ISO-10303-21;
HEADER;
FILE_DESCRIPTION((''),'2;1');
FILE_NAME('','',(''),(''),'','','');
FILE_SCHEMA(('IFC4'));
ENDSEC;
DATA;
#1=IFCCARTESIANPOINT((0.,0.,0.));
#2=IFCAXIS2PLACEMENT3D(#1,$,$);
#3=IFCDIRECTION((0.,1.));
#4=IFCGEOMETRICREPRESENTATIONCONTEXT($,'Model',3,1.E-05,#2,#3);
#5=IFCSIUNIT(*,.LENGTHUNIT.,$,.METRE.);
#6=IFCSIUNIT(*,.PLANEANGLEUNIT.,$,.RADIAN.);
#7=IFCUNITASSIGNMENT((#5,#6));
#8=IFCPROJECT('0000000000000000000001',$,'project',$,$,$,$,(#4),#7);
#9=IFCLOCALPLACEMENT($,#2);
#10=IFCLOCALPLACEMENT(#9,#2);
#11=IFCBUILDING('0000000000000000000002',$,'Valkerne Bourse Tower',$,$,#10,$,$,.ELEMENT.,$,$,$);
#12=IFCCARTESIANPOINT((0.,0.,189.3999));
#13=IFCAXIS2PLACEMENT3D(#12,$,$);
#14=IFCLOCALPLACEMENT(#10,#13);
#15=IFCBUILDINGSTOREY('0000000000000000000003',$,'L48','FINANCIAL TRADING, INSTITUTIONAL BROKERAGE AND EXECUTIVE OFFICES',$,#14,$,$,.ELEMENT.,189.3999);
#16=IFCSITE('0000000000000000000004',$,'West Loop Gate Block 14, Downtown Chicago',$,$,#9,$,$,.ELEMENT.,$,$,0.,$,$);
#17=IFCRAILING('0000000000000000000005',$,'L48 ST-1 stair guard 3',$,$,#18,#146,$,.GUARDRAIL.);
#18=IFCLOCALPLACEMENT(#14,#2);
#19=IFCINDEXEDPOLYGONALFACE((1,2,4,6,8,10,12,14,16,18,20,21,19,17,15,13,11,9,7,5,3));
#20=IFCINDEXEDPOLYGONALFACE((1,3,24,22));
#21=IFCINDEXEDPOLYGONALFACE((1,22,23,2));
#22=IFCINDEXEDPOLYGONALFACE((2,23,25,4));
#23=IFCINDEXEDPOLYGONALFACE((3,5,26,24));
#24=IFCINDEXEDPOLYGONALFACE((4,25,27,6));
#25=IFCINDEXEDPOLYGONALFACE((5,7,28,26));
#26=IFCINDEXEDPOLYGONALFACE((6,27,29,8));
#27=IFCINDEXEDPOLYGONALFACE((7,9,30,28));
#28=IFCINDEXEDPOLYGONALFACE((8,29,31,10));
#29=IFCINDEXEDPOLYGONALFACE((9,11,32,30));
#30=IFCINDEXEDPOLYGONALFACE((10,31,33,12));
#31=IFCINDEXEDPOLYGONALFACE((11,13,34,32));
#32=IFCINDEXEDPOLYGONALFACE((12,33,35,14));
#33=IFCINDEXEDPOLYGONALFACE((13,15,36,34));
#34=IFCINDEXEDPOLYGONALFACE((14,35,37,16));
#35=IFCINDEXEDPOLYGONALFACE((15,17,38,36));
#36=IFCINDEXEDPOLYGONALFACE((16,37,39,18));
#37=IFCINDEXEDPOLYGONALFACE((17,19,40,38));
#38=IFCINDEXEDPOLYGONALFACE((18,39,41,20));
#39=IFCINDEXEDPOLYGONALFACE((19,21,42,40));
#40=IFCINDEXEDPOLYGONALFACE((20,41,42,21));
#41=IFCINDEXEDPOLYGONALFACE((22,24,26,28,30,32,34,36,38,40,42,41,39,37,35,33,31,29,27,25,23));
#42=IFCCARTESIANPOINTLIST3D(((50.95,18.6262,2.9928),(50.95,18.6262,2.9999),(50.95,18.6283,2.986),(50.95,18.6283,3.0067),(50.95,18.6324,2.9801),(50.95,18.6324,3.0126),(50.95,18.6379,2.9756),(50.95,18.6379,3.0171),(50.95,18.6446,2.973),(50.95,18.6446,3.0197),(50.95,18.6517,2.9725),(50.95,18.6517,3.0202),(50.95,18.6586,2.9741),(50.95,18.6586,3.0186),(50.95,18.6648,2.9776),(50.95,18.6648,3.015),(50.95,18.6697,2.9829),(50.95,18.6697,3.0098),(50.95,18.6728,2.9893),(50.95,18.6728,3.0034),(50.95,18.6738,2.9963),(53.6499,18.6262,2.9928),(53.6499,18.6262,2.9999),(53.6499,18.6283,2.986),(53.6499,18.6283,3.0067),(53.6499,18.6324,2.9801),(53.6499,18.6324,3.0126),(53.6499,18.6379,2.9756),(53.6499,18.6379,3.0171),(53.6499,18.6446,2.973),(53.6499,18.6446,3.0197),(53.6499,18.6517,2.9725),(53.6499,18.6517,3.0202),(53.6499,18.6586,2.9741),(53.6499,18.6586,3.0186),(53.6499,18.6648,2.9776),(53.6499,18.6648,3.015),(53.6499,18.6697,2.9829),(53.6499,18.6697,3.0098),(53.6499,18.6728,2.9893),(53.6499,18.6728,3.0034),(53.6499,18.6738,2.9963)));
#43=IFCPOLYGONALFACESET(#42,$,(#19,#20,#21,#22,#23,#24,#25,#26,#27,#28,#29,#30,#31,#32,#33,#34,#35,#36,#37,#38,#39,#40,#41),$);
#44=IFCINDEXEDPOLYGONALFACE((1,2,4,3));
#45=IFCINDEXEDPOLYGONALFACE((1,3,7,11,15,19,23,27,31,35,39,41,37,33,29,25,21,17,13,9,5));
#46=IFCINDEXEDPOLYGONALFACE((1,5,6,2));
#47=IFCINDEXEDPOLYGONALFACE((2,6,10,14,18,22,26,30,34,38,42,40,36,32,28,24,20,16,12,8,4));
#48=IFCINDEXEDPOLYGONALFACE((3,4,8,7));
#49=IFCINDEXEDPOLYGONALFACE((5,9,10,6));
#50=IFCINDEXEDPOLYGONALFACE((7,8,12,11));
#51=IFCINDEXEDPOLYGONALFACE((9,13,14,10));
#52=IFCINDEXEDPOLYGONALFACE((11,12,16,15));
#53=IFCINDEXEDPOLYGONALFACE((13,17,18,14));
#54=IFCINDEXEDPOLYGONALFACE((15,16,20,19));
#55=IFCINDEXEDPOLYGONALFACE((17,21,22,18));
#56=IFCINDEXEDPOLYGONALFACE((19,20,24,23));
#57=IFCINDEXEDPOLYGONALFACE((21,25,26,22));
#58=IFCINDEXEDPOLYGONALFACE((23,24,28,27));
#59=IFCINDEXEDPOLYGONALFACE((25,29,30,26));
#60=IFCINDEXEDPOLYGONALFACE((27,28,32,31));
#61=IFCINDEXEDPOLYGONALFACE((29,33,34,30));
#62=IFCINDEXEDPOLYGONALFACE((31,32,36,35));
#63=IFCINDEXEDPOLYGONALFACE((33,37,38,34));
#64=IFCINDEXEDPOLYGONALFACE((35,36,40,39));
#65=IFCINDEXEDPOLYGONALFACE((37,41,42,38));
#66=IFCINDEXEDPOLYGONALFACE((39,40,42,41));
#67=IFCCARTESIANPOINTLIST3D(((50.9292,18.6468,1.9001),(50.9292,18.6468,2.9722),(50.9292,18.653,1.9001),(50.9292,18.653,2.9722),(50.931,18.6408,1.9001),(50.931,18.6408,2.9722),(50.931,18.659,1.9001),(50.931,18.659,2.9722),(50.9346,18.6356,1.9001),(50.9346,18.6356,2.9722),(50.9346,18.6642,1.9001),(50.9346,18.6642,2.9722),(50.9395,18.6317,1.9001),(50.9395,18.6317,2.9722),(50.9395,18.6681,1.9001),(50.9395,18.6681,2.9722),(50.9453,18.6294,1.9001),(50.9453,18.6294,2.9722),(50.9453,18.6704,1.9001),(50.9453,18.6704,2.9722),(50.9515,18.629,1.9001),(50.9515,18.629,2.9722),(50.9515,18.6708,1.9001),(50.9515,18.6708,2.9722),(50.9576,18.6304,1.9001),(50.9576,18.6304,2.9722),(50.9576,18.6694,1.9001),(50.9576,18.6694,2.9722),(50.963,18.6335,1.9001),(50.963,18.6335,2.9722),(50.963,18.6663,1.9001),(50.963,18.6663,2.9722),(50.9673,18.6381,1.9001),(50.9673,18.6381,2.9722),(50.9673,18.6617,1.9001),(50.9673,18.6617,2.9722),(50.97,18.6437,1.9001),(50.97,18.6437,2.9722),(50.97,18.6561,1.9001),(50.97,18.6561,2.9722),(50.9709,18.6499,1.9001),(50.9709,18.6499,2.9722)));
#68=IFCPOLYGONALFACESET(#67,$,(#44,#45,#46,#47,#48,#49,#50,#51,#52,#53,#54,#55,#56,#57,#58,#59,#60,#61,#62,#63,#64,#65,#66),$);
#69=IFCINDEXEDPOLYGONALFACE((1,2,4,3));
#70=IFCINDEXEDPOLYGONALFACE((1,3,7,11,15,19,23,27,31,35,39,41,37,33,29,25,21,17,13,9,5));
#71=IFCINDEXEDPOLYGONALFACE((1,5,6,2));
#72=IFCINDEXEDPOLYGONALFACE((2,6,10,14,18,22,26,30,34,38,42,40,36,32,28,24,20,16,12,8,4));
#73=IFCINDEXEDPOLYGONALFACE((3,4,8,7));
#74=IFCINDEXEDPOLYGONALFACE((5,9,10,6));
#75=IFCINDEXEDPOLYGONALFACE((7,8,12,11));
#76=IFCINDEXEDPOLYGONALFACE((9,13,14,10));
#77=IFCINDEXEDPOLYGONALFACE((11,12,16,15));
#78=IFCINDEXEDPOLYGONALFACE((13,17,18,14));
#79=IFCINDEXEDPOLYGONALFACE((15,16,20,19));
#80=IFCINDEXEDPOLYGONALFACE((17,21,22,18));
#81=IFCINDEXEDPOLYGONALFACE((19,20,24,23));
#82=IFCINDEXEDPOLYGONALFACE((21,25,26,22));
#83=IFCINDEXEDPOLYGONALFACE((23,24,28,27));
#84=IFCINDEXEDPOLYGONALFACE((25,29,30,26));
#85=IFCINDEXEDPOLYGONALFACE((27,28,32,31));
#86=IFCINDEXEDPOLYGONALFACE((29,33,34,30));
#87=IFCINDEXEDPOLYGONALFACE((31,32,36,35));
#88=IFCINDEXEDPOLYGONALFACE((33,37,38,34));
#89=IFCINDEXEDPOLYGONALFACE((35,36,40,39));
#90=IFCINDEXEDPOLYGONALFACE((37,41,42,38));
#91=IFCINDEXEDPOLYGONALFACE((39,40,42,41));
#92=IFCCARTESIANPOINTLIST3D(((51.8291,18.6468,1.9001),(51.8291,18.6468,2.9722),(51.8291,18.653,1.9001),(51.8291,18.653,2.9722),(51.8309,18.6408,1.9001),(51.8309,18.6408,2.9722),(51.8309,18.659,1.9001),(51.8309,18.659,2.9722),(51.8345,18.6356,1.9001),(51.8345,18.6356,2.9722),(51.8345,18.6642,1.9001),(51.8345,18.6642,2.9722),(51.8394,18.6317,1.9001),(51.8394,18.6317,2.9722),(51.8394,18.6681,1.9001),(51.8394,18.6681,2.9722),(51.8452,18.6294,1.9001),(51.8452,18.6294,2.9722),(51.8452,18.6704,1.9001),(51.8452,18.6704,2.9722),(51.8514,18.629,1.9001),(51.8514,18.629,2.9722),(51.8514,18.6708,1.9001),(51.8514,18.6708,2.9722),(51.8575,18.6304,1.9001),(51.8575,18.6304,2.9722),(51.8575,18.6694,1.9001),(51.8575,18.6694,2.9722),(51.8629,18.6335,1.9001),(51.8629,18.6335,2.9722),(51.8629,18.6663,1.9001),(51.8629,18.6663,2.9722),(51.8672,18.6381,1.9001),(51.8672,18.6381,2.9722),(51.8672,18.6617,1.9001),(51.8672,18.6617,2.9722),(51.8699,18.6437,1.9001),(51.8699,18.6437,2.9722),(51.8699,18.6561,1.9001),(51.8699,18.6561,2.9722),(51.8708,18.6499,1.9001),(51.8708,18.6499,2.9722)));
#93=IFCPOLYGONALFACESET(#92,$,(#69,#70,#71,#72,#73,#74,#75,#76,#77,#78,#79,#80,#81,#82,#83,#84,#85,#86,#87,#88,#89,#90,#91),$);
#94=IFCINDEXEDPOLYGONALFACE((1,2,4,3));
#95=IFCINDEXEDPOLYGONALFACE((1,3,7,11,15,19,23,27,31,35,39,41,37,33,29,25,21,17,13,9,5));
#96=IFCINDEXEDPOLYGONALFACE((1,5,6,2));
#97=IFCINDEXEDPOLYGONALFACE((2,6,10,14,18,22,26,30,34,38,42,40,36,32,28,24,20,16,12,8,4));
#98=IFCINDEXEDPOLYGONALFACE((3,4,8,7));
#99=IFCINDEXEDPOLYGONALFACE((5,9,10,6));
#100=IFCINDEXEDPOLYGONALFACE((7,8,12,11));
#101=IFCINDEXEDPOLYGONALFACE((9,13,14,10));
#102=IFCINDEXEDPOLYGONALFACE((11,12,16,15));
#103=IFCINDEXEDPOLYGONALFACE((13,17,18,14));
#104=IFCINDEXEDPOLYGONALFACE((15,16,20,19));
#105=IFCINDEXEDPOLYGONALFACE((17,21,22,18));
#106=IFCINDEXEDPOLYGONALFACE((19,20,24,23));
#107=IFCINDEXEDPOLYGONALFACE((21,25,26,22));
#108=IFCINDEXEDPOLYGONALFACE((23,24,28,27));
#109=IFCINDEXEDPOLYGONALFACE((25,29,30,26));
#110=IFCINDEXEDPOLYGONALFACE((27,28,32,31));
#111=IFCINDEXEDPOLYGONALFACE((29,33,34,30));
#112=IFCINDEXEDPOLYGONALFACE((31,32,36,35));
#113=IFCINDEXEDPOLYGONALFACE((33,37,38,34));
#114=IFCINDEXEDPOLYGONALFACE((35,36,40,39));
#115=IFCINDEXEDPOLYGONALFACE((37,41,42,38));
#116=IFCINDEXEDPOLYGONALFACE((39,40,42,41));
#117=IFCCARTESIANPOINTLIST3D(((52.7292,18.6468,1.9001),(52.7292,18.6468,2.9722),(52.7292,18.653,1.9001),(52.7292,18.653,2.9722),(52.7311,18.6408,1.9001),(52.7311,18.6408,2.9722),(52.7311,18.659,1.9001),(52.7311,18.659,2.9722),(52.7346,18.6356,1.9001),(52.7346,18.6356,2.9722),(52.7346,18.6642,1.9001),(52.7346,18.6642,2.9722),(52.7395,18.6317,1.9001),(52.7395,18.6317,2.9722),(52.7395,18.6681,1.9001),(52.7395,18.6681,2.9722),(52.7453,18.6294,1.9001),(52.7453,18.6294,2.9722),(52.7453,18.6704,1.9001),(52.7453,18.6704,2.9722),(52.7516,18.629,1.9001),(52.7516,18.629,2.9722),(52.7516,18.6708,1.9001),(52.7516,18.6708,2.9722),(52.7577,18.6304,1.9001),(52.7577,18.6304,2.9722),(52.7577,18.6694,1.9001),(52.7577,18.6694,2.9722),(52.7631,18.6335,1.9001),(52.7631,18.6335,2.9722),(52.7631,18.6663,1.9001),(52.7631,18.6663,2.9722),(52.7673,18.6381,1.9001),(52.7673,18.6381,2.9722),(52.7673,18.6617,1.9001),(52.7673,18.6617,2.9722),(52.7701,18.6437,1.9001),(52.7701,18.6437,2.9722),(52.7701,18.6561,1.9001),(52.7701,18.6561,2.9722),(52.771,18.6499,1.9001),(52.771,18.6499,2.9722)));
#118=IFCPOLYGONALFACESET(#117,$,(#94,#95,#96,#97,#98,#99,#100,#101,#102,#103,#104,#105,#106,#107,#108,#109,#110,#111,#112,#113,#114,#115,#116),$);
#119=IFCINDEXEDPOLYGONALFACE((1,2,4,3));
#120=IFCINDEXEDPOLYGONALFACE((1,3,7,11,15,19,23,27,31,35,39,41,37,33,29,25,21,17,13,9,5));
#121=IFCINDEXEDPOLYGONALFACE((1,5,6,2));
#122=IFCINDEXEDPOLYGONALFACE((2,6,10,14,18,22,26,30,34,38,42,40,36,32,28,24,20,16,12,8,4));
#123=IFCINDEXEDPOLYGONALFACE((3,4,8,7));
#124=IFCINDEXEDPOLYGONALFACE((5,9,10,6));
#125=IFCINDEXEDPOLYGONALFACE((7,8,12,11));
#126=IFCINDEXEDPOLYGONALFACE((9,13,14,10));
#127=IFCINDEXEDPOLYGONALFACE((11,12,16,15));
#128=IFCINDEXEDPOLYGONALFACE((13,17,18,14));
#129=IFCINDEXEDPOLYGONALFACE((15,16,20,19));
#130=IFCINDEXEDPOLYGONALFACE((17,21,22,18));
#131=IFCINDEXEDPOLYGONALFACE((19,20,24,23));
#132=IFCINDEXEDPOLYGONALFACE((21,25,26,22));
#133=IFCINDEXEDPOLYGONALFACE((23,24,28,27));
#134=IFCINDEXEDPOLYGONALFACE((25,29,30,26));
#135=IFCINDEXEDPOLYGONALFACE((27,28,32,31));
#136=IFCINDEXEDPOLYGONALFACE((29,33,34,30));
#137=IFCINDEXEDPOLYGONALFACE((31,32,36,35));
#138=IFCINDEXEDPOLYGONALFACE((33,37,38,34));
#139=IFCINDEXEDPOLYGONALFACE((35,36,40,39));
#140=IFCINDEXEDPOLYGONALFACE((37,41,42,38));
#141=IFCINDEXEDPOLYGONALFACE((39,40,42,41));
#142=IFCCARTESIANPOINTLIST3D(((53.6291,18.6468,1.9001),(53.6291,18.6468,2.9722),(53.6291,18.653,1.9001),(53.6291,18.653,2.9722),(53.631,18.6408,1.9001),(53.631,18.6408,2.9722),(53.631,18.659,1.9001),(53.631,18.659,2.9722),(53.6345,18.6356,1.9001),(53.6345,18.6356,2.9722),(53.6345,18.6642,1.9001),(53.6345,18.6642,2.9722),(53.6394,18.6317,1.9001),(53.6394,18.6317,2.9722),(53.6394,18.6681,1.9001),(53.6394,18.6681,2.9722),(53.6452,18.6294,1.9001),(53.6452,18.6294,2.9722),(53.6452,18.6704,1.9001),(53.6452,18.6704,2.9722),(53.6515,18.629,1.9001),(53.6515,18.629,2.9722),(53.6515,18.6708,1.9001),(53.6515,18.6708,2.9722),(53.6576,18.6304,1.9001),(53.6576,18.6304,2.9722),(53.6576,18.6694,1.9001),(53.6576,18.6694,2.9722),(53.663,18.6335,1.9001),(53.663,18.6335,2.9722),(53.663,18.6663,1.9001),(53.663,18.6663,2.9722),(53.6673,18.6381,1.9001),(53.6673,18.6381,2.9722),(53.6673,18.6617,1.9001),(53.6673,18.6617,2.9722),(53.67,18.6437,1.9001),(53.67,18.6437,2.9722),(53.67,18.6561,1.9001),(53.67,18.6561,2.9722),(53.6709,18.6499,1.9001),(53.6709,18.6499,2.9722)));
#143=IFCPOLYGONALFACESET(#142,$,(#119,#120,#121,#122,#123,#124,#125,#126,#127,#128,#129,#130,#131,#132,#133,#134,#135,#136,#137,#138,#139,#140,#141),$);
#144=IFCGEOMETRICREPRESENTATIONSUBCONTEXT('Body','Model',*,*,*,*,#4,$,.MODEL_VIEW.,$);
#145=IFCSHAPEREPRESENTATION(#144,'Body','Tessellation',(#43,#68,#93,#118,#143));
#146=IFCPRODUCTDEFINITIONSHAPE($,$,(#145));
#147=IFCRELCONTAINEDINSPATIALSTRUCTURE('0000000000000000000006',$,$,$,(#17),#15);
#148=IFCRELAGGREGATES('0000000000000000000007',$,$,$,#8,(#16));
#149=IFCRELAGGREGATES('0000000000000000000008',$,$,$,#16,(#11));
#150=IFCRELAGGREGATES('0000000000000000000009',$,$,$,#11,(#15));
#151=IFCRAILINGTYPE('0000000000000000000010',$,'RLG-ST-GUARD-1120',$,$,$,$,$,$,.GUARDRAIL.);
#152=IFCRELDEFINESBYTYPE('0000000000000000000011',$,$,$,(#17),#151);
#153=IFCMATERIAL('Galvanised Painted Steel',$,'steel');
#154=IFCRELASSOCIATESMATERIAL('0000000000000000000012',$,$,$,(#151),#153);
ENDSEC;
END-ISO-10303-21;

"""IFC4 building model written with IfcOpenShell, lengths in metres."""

from ifc_helpers import new_model, si_unit, direction, frame, origin, origin_2d, place, context, subcontext, project, spatial, circle, extrude, material, type_object, element, save


model = new_model("IFC4")

# Units and contexts
model_context = context("Model", 3, precision=1e-05, world=origin(), true_north=direction((0.0, 1.0)))
body_context = subcontext(model_context, "Body", "Model", "MODEL_VIEW")
ifc_project = project(units=[si_unit("LENGTHUNIT", "METRE"), si_unit("PLANEANGLEUNIT", "RADIAN")], contexts=[model_context])

# Site, building, storey
site_placement = place(None, origin())
site = spatial("IfcSite", under=ifc_project, at=site_placement, Name="West Loop Gate Block 14, Downtown Chicago", CompositionType="ELEMENT", RefElevation=0.0)
building_placement = place(site_placement, origin())
building = spatial("IfcBuilding", under=site, at=building_placement, Name="Valkerne Bourse Tower", CompositionType="ELEMENT")
storey_placement = place(building_placement, frame((0.0, 0.0, 189.3999)))
storey = spatial("IfcBuildingStorey", under=building, at=storey_placement, Name="L48", Description="FINANCIAL TRADING, INSTITUTIONAL BROKERAGE AND EXECUTIVE OFFICES", CompositionType="ELEMENT", Elevation=189.3999)

# Shared definitions
ifc_material_1 = material(Name="Galvanised Painted Steel", Category="steel")

# Railing
railing_type_1 = type_object("IfcRailingType", Name="RLG-ST-GUARD-1120", PredefinedType="GUARDRAIL", material=ifc_material_1)
for number, where, name in (
    (1, (50.95, 18.6499, 1.9001), "L48 ST-1 stair guard 3"),
):
    element("IfcRailing", number, at=place(storey_placement, frame(where)), inside=storey, type_object=railing_type_1, Name=name, PredefinedType="GUARDRAIL", context=body_context, shape_type="SweptSolid", body=[
        extrude(circle(Radius=0.0239, at=origin_2d()), frame((0.0, 0.0, 1.0962), z_axis=(1.0, 0.0, 0.0), x_axis=(0.0, 1.0, 0.0)), (0.0, 0.0, 1.0), 2.7),
        extrude(circle(Radius=0.021, at=origin_2d()), origin(), (0.0, 0.0, 1.0), 1.072),
        extrude(circle(Radius=0.021, at=origin_2d()), frame((0.8999, 0.0, 0.0)), (0.0, 0.0, 1.0), 1.072),
        extrude(circle(Radius=0.021, at=origin_2d()), frame((1.8, 0.0, 0.0)), (0.0, 0.0, 1.0), 1.072),
        extrude(circle(Radius=0.021, at=origin_2d()), frame((2.7, 0.0, 0.0)), (0.0, 0.0, 1.0), 1.072),
    ])

save(model, "model.ifc")
